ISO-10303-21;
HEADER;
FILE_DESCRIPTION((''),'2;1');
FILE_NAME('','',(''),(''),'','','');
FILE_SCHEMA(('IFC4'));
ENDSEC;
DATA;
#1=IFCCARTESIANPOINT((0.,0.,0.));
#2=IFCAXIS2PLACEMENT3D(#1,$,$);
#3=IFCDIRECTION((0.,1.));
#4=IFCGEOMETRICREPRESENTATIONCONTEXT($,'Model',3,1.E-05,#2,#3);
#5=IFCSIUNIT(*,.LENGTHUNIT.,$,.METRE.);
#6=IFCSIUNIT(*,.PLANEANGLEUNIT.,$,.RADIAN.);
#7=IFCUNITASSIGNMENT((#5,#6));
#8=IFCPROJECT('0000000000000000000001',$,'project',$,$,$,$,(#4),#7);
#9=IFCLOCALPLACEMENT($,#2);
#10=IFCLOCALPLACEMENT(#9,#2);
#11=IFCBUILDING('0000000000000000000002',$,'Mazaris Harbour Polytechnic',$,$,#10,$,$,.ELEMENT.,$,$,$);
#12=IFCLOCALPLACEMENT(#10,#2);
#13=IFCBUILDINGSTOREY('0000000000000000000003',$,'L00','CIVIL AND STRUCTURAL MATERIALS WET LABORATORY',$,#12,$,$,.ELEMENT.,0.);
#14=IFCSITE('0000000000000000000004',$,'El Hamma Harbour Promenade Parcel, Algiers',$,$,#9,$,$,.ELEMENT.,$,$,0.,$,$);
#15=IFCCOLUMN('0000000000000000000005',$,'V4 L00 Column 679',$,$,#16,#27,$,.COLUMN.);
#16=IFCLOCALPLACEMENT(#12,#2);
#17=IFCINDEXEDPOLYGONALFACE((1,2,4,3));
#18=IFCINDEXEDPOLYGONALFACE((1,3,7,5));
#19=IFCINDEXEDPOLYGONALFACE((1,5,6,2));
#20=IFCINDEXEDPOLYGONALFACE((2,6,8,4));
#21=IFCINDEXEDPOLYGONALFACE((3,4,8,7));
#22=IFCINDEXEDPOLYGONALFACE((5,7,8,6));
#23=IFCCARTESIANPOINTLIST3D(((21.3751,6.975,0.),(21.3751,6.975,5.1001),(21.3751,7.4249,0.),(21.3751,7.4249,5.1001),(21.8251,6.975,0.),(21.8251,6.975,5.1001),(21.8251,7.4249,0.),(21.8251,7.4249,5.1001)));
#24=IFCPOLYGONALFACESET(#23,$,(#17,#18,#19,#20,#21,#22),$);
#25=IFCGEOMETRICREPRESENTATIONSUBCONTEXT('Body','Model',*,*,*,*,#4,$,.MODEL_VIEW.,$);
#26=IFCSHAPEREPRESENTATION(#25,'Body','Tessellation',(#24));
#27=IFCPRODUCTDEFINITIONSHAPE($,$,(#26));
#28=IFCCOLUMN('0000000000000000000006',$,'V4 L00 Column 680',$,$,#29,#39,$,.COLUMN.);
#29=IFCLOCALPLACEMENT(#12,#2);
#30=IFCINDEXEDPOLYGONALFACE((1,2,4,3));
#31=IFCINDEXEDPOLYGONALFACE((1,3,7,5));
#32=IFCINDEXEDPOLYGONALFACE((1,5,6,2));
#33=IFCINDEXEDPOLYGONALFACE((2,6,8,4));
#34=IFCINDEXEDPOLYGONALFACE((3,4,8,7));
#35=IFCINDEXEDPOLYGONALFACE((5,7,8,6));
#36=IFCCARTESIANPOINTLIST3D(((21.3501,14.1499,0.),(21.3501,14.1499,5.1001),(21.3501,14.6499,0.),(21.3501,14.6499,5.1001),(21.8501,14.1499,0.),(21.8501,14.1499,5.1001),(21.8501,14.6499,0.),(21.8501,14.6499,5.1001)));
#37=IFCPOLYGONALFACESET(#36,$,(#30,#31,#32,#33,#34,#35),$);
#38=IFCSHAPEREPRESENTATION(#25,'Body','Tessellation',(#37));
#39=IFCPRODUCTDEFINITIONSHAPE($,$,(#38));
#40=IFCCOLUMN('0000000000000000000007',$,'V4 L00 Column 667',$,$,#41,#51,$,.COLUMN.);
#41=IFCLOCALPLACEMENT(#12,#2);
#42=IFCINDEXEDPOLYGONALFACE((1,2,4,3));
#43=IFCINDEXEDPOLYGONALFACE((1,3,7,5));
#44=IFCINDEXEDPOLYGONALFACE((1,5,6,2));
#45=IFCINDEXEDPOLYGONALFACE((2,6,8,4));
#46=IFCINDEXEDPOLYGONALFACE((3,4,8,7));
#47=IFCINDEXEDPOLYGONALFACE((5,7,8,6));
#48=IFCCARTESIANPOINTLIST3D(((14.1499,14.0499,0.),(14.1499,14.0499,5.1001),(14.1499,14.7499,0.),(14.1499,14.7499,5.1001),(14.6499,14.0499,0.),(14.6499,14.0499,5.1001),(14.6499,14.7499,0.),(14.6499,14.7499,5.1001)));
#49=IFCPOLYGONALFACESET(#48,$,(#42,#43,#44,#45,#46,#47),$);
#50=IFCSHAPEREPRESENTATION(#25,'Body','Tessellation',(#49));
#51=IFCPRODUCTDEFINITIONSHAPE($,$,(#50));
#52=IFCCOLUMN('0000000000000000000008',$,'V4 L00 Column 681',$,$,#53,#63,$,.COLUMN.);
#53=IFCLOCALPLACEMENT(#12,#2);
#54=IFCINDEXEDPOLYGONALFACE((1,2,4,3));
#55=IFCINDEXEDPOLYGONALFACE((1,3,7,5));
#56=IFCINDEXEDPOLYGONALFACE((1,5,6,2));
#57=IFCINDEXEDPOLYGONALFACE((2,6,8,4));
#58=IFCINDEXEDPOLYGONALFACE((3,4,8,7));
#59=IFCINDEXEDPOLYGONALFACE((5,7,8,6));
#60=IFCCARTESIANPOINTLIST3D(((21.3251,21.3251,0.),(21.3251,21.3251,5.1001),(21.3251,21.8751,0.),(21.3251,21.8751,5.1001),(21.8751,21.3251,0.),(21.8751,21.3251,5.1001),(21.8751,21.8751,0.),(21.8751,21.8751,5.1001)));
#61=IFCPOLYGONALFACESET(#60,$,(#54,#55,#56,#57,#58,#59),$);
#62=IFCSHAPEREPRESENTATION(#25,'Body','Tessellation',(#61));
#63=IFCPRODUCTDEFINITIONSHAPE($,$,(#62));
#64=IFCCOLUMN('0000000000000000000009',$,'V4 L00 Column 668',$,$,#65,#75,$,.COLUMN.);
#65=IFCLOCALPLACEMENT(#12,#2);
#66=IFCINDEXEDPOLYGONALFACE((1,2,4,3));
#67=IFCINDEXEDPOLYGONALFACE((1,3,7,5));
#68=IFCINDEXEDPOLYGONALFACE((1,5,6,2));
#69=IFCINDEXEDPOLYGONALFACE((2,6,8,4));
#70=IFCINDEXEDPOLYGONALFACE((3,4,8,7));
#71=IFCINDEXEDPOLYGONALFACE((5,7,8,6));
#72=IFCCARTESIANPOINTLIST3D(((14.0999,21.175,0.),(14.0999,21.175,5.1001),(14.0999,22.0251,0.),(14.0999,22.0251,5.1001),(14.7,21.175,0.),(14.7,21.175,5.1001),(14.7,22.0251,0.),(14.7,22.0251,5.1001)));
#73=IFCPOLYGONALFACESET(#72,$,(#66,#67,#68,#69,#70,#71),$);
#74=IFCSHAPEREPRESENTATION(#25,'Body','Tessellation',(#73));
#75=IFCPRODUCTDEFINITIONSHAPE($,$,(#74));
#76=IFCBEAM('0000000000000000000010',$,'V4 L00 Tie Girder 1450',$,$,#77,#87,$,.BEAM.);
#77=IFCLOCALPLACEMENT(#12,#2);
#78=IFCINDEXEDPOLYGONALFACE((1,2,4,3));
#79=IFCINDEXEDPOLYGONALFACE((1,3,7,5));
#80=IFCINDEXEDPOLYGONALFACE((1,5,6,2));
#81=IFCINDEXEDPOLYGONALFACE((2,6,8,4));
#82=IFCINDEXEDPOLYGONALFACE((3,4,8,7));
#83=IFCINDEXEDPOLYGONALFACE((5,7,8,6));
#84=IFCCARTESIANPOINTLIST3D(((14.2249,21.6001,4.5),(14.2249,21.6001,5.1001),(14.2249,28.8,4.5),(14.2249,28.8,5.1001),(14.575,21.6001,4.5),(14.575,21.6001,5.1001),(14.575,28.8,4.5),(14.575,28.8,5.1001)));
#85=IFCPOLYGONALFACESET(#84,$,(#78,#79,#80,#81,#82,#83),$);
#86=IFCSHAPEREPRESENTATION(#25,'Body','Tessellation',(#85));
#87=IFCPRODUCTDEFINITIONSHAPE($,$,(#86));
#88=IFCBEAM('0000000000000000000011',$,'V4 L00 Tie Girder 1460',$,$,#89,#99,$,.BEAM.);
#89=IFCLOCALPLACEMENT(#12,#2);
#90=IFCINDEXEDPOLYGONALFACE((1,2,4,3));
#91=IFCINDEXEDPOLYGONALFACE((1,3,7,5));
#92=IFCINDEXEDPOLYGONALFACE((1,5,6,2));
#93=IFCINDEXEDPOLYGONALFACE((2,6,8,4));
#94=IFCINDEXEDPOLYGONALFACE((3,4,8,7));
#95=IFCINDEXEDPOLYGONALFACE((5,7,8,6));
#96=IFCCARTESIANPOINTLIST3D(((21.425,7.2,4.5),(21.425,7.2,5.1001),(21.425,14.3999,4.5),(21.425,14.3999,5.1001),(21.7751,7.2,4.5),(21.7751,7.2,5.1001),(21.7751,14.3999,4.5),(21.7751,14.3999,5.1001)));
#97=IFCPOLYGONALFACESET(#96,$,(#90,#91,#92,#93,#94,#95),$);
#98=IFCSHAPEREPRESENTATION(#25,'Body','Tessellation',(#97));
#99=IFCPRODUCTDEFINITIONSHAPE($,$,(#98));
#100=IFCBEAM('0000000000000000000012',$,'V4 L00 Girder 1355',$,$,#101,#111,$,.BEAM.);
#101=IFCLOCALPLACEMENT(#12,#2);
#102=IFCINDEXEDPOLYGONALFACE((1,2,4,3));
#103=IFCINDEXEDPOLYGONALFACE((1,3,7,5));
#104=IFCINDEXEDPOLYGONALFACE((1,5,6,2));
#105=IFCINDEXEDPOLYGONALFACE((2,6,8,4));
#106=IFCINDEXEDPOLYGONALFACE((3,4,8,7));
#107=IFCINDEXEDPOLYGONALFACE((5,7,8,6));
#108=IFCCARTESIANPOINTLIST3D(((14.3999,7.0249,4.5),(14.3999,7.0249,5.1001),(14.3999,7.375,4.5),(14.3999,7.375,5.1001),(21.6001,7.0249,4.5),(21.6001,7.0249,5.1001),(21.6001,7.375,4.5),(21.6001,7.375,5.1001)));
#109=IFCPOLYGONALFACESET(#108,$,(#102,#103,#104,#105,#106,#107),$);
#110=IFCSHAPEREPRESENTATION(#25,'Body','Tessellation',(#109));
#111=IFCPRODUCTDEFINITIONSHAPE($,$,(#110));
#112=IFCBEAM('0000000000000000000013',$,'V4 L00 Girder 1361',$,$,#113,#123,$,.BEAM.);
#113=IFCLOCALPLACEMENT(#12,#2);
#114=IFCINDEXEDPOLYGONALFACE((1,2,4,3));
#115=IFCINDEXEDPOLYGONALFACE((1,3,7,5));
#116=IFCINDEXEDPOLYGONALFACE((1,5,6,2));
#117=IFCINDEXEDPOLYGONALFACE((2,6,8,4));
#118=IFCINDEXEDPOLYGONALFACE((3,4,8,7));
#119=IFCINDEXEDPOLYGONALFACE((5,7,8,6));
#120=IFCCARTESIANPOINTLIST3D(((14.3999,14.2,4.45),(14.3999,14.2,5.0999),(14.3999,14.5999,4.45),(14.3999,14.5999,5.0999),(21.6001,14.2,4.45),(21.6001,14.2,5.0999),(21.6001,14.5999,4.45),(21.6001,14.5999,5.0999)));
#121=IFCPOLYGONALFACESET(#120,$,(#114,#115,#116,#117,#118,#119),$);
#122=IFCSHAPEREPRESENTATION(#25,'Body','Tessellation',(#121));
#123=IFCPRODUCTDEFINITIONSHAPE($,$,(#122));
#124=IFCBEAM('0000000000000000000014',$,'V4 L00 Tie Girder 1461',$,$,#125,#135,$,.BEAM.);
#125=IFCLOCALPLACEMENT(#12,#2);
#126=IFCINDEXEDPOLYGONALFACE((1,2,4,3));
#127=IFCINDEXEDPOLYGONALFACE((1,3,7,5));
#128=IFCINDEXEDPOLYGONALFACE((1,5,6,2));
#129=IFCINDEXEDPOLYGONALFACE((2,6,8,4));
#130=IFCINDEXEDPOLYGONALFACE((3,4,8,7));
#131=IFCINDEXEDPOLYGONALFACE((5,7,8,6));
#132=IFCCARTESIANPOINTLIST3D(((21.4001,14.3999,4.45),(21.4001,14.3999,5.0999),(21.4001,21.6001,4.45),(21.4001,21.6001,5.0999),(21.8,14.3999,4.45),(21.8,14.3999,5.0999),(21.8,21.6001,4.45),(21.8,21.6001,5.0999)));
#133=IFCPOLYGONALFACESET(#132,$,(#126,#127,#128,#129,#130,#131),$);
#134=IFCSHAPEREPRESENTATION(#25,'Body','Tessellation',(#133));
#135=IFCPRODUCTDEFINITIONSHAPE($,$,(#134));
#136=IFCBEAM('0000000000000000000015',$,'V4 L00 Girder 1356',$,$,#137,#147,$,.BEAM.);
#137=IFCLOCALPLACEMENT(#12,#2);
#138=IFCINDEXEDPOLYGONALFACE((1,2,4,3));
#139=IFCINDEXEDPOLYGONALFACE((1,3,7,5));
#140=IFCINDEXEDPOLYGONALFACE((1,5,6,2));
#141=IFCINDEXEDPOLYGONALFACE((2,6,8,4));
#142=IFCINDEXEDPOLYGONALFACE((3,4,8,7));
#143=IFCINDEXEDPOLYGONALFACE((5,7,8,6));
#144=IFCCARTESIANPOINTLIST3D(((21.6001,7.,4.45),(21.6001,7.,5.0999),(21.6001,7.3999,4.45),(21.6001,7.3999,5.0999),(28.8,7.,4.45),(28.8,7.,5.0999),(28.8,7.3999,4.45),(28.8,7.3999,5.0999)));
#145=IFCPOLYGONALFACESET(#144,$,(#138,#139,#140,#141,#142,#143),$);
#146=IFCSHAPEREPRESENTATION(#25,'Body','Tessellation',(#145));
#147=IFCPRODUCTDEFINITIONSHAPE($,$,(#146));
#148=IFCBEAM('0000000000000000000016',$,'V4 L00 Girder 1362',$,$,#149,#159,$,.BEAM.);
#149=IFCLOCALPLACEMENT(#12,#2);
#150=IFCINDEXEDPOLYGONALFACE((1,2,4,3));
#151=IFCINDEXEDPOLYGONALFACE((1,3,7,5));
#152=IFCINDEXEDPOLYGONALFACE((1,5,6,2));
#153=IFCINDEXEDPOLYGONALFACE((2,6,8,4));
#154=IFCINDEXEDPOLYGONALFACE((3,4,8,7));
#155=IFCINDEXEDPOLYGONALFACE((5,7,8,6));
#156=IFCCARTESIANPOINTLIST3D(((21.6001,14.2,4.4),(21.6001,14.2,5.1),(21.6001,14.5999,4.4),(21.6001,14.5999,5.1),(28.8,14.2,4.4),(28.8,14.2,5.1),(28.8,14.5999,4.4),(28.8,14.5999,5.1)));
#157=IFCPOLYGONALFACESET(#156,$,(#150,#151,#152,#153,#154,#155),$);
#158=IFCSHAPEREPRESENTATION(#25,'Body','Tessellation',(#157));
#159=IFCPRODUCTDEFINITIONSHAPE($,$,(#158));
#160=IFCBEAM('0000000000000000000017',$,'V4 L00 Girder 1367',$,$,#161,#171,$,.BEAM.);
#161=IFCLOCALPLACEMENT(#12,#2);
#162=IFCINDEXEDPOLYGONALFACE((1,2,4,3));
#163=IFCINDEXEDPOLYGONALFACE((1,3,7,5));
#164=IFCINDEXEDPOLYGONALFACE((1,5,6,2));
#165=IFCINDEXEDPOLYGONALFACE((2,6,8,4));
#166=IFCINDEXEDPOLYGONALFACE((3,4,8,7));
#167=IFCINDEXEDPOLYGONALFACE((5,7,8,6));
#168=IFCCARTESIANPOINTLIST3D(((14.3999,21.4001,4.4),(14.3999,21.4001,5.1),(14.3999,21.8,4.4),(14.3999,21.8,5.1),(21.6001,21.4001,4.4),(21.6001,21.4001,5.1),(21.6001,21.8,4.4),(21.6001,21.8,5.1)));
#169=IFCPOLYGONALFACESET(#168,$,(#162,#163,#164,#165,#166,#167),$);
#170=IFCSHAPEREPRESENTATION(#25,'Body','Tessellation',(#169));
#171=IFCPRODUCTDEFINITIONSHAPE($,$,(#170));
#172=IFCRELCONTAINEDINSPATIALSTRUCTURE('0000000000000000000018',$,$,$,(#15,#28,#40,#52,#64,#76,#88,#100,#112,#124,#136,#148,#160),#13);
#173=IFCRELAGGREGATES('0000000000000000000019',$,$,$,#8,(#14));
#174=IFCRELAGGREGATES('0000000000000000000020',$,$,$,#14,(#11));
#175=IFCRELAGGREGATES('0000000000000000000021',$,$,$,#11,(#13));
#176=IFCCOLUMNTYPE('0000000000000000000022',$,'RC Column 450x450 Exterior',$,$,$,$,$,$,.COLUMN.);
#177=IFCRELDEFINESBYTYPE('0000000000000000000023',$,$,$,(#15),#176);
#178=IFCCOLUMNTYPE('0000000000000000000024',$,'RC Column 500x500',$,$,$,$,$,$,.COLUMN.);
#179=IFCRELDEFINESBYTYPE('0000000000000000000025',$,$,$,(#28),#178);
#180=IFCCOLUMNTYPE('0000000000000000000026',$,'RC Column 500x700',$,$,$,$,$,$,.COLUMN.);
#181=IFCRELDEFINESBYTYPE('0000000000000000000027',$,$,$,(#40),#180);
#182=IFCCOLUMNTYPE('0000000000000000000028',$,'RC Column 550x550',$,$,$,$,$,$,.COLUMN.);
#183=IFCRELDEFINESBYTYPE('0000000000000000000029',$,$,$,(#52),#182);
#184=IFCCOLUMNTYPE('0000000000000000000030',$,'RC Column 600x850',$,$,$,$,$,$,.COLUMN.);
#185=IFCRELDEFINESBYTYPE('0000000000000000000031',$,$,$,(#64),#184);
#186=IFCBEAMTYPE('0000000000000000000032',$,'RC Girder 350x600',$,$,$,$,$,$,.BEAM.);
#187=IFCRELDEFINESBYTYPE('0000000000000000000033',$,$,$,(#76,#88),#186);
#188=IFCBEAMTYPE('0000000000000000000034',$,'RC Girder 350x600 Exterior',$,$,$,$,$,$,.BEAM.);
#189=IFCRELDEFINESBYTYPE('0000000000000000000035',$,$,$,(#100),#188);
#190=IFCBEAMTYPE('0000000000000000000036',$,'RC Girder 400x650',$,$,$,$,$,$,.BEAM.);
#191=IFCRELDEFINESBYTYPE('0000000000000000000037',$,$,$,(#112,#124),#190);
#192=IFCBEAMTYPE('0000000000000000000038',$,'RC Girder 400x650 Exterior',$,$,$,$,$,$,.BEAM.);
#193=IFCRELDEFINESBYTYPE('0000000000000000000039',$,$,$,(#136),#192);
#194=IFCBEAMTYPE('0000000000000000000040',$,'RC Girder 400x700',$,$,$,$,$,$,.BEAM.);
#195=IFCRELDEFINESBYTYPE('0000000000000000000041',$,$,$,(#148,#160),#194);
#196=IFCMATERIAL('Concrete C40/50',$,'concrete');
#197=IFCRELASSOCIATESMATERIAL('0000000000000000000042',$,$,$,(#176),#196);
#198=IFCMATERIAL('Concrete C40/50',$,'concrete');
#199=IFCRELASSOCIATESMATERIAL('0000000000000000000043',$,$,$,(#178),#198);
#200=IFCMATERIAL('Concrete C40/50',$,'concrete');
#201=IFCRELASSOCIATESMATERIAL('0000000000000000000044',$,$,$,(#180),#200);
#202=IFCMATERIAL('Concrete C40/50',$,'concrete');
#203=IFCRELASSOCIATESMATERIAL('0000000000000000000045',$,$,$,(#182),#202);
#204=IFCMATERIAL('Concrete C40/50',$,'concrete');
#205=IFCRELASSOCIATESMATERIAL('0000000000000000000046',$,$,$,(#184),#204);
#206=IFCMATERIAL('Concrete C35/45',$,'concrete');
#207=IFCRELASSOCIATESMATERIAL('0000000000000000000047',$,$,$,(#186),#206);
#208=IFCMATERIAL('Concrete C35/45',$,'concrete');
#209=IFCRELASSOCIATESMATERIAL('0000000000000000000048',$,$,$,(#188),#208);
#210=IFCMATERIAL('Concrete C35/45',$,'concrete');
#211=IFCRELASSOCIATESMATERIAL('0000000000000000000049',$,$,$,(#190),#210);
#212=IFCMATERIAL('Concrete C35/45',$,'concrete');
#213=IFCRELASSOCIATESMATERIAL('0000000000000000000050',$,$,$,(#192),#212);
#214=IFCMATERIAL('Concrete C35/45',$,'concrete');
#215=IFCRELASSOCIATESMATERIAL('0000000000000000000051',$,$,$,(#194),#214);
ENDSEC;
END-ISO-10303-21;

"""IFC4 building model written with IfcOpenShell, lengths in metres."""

from ifc_helpers import new_model, si_unit, direction, frame, origin, origin_2d, place, context, subcontext, project, spatial, rectangle, extrude, material, material_profile, profile_set, type_object, element, save


model = new_model("IFC4")

# Units and contexts
model_context = context("Model", 3, precision=1e-05, world=origin(), true_north=direction((0.0, 1.0)))
body_context = subcontext(model_context, "Body", "Model", "MODEL_VIEW")
ifc_project = project(units=[si_unit("LENGTHUNIT", "METRE"), si_unit("PLANEANGLEUNIT", "RADIAN")], contexts=[model_context])

# Site, building, storey
site_placement = place(None, origin())
site = spatial("IfcSite", under=ifc_project, at=site_placement, Name="El Hamma Harbour Promenade Parcel, Algiers", CompositionType="ELEMENT", RefElevation=0.0)
building_placement = place(site_placement, origin())
building = spatial("IfcBuilding", under=site, at=building_placement, Name="Mazaris Harbour Polytechnic", CompositionType="ELEMENT")
storey_placement = place(building_placement, origin())
storey = spatial("IfcBuildingStorey", under=building, at=storey_placement, Name="L00", Description="CIVIL AND STRUCTURAL MATERIALS WET LABORATORY", CompositionType="ELEMENT", Elevation=0.0)

# Columns
ifc_material_1 = material(Name="Concrete C40/50", Category="concrete")
ifc_material_profile_1 = material_profile(ifc_material_1, rectangle(XDim=0.45, YDim=0.45, at=origin_2d()), Name="RECT450x450")
ifc_profile_set_1 = profile_set([ifc_material_profile_1], Name="Concrete C40/50")
column_type_1 = type_object("IfcColumnType", Name="RC Column 450x450 Exterior", PredefinedType="COLUMN", material=ifc_profile_set_1)
column_1_placement = place(storey_placement, frame((21.6001, 7.2, 0.0), z_axis=(0.0, 0.0, 1.0), x_axis=(1.0, 0.0, 0.0)))
element("IfcColumn", 1, at=column_1_placement, inside=storey, type_object=column_type_1, Name="V4 L00 Column 679", PredefinedType="COLUMN", context=body_context, shape_type="SweptSolid", body=[
    extrude(rectangle(XDim=0.45, YDim=0.45, at=origin_2d()), origin(), (0.0, 0.0, 1.0), 5.1001),
])
ifc_material_2 = material(Name="Concrete C40/50", Category="concrete")
ifc_material_profile_2 = material_profile(ifc_material_2, rectangle(XDim=0.5, YDim=0.5, at=origin_2d()), Name="RECT500x500")
ifc_profile_set_2 = profile_set([ifc_material_profile_2], Name="Concrete C40/50")
column_type_2 = type_object("IfcColumnType", Name="RC Column 500x500", PredefinedType="COLUMN", material=ifc_profile_set_2)
column_2_placement = place(storey_placement, frame((21.6001, 14.3999, 0.0), z_axis=(0.0, 0.0, 1.0), x_axis=(1.0, 0.0, 0.0)))
element("IfcColumn", 2, at=column_2_placement, inside=storey, type_object=column_type_2, Name="V4 L00 Column 680", PredefinedType="COLUMN", context=body_context, shape_type="SweptSolid", body=[
    extrude(rectangle(XDim=0.5, YDim=0.5, at=origin_2d()), origin(), (0.0, 0.0, 1.0), 5.1001),
])
ifc_material_3 = material(Name="Concrete C40/50", Category="concrete")
ifc_material_profile_3 = material_profile(ifc_material_3, rectangle(XDim=0.5, YDim=0.7, at=origin_2d()), Name="RECT500x700")
ifc_profile_set_3 = profile_set([ifc_material_profile_3], Name="Concrete C40/50")
column_type_3 = type_object("IfcColumnType", Name="RC Column 500x700", PredefinedType="COLUMN", material=ifc_profile_set_3)
column_3_placement = place(storey_placement, frame((14.3999, 14.3999, 0.0), z_axis=(0.0, 0.0, 1.0), x_axis=(1.0, 0.0, 0.0)))
element("IfcColumn", 3, at=column_3_placement, inside=storey, type_object=column_type_3, Name="V4 L00 Column 667", PredefinedType="COLUMN", context=body_context, shape_type="SweptSolid", body=[
    extrude(rectangle(XDim=0.5, YDim=0.7, at=origin_2d()), origin(), (0.0, 0.0, 1.0), 5.1001),
])
ifc_material_4 = material(Name="Concrete C40/50", Category="concrete")
ifc_material_profile_4 = material_profile(ifc_material_4, rectangle(XDim=0.55, YDim=0.55, at=origin_2d()), Name="RECT550x550")
ifc_profile_set_4 = profile_set([ifc_material_profile_4], Name="Concrete C40/50")
column_type_4 = type_object("IfcColumnType", Name="RC Column 550x550", PredefinedType="COLUMN", material=ifc_profile_set_4)
column_4_placement = place(storey_placement, frame((21.6001, 21.6001, 0.0), z_axis=(0.0, 0.0, 1.0), x_axis=(1.0, 0.0, 0.0)))
element("IfcColumn", 4, at=column_4_placement, inside=storey, type_object=column_type_4, Name="V4 L00 Column 681", PredefinedType="COLUMN", context=body_context, shape_type="SweptSolid", body=[
    extrude(rectangle(XDim=0.55, YDim=0.55, at=origin_2d()), origin(), (0.0, 0.0, 1.0), 5.1001),
])
ifc_material_5 = material(Name="Concrete C40/50", Category="concrete")
ifc_material_profile_5 = material_profile(ifc_material_5, rectangle(XDim=0.6001, YDim=0.8501, at=origin_2d()), Name="RECT600x850")
ifc_profile_set_5 = profile_set([ifc_material_profile_5], Name="Concrete C40/50")
column_type_5 = type_object("IfcColumnType", Name="RC Column 600x850", PredefinedType="COLUMN", material=ifc_profile_set_5)
column_5_placement = place(storey_placement, frame((14.3999, 21.6001, 0.0), z_axis=(0.0, 0.0, 1.0), x_axis=(1.0, 0.0, 0.0)))
element("IfcColumn", 5, at=column_5_placement, inside=storey, type_object=column_type_5, Name="V4 L00 Column 668", PredefinedType="COLUMN", context=body_context, shape_type="SweptSolid", body=[
    extrude(rectangle(XDim=0.6001, YDim=0.8501, at=origin_2d()), origin(), (0.0, 0.0, 1.0), 5.1001),
])

# Beams
ifc_material_6 = material(Name="Concrete C35/45", Category="concrete")
ifc_material_profile_6 = material_profile(ifc_material_6, rectangle(XDim=0.3501, YDim=0.6001, at=origin_2d()), Name="RECT350x600")
ifc_profile_set_6 = profile_set([ifc_material_profile_6], Name="Concrete C35/45")
beam_type_1 = type_object("IfcBeamType", Name="RC Girder 350x600", PredefinedType="BEAM", material=ifc_profile_set_6)
for number, where, z_axis, x_axis, name in (
    (6, (14.3999, 21.6001, 4.8), (0.0, 1.0, 0.0), (-1.0, 0.0, 0.0), "V4 L00 Tie Girder 1450"),
    (7, (21.6001, 7.2, 4.8), (0.0, 1.0, 0.0), (-1.0, 0.0, 0.0), "V4 L00 Tie Girder 1460"),
):
    element("IfcBeam", number, at=place(storey_placement, frame(where, z_axis=z_axis, x_axis=x_axis)), inside=storey, type_object=beam_type_1, Name=name, PredefinedType="BEAM", context=body_context, shape_type="SweptSolid", body=[
        extrude(rectangle(XDim=0.3501, YDim=0.6001, at=origin_2d()), origin(), (0.0, 0.0, 1.0), 7.2),
    ])
ifc_material_7 = material(Name="Concrete C35/45", Category="concrete")
ifc_material_profile_7 = material_profile(ifc_material_7, rectangle(XDim=0.3501, YDim=0.6001, at=origin_2d()), Name="RECT350x600")
ifc_profile_set_7 = profile_set([ifc_material_profile_7], Name="Concrete C35/45")
beam_type_2 = type_object("IfcBeamType", Name="RC Girder 350x600 Exterior", PredefinedType="BEAM", material=ifc_profile_set_7)
beam_1_placement = place(storey_placement, frame((14.3999, 7.2, 4.8), z_axis=(1.0, 0.0, 0.0), x_axis=(0.0, 1.0, 0.0)))
element("IfcBeam", 8, at=beam_1_placement, inside=storey, type_object=beam_type_2, Name="V4 L00 Girder 1355", PredefinedType="BEAM", context=body_context, shape_type="SweptSolid", body=[
    extrude(rectangle(XDim=0.3501, YDim=0.6001, at=origin_2d()), origin(), (0.0, 0.0, 1.0), 7.2002),
])
ifc_material_8 = material(Name="Concrete C35/45", Category="concrete")
ifc_material_profile_8 = material_profile(ifc_material_8, rectangle(XDim=0.3999, YDim=0.6499, at=origin_2d()), Name="RECT400x650")
ifc_profile_set_8 = profile_set([ifc_material_profile_8], Name="Concrete C35/45")
beam_type_3 = type_object("IfcBeamType", Name="RC Girder 400x650", PredefinedType="BEAM", material=ifc_profile_set_8)
for number, where, z_axis, x_axis, name in (
    (9, (14.3999, 14.3999, 4.7749), (1.0, 0.0, 0.0), (0.0, 1.0, 0.0), "V4 L00 Girder 1361"),
    (10, (21.6001, 14.3999, 4.7749), (0.0, 1.0, 0.0), (-1.0, 0.0, 0.0), "V4 L00 Tie Girder 1461"),
):
    element("IfcBeam", number, at=place(storey_placement, frame(where, z_axis=z_axis, x_axis=x_axis)), inside=storey, type_object=beam_type_3, Name=name, PredefinedType="BEAM", context=body_context, shape_type="SweptSolid", body=[
        extrude(rectangle(XDim=0.3999, YDim=0.6499, at=origin_2d()), origin(), (0.0, 0.0, 1.0), 7.2002),
    ])
ifc_material_9 = material(Name="Concrete C35/45", Category="concrete")
ifc_material_profile_9 = material_profile(ifc_material_9, rectangle(XDim=0.3999, YDim=0.6499, at=origin_2d()), Name="RECT400x650")
ifc_profile_set_9 = profile_set([ifc_material_profile_9], Name="Concrete C35/45")
beam_type_4 = type_object("IfcBeamType", Name="RC Girder 400x650 Exterior", PredefinedType="BEAM", material=ifc_profile_set_9)
beam_2_placement = place(storey_placement, frame((21.6001, 7.2, 4.7749), z_axis=(1.0, 0.0, 0.0), x_axis=(0.0, 1.0, 0.0)))
element("IfcBeam", 11, at=beam_2_placement, inside=storey, type_object=beam_type_4, Name="V4 L00 Girder 1356", PredefinedType="BEAM", context=body_context, shape_type="SweptSolid", body=[
    extrude(rectangle(XDim=0.3999, YDim=0.6499, at=origin_2d()), origin(), (0.0, 0.0, 1.0), 7.2),
])
ifc_material_10 = material(Name="Concrete C35/45", Category="concrete")
ifc_material_profile_10 = material_profile(ifc_material_10, rectangle(XDim=0.3999, YDim=0.7, at=origin_2d()), Name="RECT400x700")
ifc_profile_set_10 = profile_set([ifc_material_profile_10], Name="Concrete C35/45")
beam_type_5 = type_object("IfcBeamType", Name="RC Girder 400x700", PredefinedType="BEAM", material=ifc_profile_set_10)
beam_3_placement = place(storey_placement, frame((21.6001, 14.3999, 4.75), z_axis=(1.0, 0.0, 0.0), x_axis=(0.0, 1.0, 0.0)))
element("IfcBeam", 12, at=beam_3_placement, inside=storey, type_object=beam_type_5, Name="V4 L00 Girder 1362", PredefinedType="BEAM", context=body_context, shape_type="SweptSolid", body=[
    extrude(rectangle(XDim=0.3999, YDim=0.7, at=origin_2d()), origin(), (0.0, 0.0, 1.0), 7.2),
])
beam_4_placement = place(storey_placement, frame((14.3999, 21.6001, 4.75), z_axis=(1.0, 0.0, 0.0), x_axis=(0.0, 1.0, 0.0)))
element("IfcBeam", 13, at=beam_4_placement, inside=storey, type_object=beam_type_5, Name="V4 L00 Girder 1367", PredefinedType="BEAM", context=body_context, shape_type="SweptSolid", body=[
    extrude(rectangle(XDim=0.3999, YDim=0.7, at=origin_2d()), origin(), (0.0, 0.0, 1.0), 7.2002),
])

save(model, "model.ifc")
